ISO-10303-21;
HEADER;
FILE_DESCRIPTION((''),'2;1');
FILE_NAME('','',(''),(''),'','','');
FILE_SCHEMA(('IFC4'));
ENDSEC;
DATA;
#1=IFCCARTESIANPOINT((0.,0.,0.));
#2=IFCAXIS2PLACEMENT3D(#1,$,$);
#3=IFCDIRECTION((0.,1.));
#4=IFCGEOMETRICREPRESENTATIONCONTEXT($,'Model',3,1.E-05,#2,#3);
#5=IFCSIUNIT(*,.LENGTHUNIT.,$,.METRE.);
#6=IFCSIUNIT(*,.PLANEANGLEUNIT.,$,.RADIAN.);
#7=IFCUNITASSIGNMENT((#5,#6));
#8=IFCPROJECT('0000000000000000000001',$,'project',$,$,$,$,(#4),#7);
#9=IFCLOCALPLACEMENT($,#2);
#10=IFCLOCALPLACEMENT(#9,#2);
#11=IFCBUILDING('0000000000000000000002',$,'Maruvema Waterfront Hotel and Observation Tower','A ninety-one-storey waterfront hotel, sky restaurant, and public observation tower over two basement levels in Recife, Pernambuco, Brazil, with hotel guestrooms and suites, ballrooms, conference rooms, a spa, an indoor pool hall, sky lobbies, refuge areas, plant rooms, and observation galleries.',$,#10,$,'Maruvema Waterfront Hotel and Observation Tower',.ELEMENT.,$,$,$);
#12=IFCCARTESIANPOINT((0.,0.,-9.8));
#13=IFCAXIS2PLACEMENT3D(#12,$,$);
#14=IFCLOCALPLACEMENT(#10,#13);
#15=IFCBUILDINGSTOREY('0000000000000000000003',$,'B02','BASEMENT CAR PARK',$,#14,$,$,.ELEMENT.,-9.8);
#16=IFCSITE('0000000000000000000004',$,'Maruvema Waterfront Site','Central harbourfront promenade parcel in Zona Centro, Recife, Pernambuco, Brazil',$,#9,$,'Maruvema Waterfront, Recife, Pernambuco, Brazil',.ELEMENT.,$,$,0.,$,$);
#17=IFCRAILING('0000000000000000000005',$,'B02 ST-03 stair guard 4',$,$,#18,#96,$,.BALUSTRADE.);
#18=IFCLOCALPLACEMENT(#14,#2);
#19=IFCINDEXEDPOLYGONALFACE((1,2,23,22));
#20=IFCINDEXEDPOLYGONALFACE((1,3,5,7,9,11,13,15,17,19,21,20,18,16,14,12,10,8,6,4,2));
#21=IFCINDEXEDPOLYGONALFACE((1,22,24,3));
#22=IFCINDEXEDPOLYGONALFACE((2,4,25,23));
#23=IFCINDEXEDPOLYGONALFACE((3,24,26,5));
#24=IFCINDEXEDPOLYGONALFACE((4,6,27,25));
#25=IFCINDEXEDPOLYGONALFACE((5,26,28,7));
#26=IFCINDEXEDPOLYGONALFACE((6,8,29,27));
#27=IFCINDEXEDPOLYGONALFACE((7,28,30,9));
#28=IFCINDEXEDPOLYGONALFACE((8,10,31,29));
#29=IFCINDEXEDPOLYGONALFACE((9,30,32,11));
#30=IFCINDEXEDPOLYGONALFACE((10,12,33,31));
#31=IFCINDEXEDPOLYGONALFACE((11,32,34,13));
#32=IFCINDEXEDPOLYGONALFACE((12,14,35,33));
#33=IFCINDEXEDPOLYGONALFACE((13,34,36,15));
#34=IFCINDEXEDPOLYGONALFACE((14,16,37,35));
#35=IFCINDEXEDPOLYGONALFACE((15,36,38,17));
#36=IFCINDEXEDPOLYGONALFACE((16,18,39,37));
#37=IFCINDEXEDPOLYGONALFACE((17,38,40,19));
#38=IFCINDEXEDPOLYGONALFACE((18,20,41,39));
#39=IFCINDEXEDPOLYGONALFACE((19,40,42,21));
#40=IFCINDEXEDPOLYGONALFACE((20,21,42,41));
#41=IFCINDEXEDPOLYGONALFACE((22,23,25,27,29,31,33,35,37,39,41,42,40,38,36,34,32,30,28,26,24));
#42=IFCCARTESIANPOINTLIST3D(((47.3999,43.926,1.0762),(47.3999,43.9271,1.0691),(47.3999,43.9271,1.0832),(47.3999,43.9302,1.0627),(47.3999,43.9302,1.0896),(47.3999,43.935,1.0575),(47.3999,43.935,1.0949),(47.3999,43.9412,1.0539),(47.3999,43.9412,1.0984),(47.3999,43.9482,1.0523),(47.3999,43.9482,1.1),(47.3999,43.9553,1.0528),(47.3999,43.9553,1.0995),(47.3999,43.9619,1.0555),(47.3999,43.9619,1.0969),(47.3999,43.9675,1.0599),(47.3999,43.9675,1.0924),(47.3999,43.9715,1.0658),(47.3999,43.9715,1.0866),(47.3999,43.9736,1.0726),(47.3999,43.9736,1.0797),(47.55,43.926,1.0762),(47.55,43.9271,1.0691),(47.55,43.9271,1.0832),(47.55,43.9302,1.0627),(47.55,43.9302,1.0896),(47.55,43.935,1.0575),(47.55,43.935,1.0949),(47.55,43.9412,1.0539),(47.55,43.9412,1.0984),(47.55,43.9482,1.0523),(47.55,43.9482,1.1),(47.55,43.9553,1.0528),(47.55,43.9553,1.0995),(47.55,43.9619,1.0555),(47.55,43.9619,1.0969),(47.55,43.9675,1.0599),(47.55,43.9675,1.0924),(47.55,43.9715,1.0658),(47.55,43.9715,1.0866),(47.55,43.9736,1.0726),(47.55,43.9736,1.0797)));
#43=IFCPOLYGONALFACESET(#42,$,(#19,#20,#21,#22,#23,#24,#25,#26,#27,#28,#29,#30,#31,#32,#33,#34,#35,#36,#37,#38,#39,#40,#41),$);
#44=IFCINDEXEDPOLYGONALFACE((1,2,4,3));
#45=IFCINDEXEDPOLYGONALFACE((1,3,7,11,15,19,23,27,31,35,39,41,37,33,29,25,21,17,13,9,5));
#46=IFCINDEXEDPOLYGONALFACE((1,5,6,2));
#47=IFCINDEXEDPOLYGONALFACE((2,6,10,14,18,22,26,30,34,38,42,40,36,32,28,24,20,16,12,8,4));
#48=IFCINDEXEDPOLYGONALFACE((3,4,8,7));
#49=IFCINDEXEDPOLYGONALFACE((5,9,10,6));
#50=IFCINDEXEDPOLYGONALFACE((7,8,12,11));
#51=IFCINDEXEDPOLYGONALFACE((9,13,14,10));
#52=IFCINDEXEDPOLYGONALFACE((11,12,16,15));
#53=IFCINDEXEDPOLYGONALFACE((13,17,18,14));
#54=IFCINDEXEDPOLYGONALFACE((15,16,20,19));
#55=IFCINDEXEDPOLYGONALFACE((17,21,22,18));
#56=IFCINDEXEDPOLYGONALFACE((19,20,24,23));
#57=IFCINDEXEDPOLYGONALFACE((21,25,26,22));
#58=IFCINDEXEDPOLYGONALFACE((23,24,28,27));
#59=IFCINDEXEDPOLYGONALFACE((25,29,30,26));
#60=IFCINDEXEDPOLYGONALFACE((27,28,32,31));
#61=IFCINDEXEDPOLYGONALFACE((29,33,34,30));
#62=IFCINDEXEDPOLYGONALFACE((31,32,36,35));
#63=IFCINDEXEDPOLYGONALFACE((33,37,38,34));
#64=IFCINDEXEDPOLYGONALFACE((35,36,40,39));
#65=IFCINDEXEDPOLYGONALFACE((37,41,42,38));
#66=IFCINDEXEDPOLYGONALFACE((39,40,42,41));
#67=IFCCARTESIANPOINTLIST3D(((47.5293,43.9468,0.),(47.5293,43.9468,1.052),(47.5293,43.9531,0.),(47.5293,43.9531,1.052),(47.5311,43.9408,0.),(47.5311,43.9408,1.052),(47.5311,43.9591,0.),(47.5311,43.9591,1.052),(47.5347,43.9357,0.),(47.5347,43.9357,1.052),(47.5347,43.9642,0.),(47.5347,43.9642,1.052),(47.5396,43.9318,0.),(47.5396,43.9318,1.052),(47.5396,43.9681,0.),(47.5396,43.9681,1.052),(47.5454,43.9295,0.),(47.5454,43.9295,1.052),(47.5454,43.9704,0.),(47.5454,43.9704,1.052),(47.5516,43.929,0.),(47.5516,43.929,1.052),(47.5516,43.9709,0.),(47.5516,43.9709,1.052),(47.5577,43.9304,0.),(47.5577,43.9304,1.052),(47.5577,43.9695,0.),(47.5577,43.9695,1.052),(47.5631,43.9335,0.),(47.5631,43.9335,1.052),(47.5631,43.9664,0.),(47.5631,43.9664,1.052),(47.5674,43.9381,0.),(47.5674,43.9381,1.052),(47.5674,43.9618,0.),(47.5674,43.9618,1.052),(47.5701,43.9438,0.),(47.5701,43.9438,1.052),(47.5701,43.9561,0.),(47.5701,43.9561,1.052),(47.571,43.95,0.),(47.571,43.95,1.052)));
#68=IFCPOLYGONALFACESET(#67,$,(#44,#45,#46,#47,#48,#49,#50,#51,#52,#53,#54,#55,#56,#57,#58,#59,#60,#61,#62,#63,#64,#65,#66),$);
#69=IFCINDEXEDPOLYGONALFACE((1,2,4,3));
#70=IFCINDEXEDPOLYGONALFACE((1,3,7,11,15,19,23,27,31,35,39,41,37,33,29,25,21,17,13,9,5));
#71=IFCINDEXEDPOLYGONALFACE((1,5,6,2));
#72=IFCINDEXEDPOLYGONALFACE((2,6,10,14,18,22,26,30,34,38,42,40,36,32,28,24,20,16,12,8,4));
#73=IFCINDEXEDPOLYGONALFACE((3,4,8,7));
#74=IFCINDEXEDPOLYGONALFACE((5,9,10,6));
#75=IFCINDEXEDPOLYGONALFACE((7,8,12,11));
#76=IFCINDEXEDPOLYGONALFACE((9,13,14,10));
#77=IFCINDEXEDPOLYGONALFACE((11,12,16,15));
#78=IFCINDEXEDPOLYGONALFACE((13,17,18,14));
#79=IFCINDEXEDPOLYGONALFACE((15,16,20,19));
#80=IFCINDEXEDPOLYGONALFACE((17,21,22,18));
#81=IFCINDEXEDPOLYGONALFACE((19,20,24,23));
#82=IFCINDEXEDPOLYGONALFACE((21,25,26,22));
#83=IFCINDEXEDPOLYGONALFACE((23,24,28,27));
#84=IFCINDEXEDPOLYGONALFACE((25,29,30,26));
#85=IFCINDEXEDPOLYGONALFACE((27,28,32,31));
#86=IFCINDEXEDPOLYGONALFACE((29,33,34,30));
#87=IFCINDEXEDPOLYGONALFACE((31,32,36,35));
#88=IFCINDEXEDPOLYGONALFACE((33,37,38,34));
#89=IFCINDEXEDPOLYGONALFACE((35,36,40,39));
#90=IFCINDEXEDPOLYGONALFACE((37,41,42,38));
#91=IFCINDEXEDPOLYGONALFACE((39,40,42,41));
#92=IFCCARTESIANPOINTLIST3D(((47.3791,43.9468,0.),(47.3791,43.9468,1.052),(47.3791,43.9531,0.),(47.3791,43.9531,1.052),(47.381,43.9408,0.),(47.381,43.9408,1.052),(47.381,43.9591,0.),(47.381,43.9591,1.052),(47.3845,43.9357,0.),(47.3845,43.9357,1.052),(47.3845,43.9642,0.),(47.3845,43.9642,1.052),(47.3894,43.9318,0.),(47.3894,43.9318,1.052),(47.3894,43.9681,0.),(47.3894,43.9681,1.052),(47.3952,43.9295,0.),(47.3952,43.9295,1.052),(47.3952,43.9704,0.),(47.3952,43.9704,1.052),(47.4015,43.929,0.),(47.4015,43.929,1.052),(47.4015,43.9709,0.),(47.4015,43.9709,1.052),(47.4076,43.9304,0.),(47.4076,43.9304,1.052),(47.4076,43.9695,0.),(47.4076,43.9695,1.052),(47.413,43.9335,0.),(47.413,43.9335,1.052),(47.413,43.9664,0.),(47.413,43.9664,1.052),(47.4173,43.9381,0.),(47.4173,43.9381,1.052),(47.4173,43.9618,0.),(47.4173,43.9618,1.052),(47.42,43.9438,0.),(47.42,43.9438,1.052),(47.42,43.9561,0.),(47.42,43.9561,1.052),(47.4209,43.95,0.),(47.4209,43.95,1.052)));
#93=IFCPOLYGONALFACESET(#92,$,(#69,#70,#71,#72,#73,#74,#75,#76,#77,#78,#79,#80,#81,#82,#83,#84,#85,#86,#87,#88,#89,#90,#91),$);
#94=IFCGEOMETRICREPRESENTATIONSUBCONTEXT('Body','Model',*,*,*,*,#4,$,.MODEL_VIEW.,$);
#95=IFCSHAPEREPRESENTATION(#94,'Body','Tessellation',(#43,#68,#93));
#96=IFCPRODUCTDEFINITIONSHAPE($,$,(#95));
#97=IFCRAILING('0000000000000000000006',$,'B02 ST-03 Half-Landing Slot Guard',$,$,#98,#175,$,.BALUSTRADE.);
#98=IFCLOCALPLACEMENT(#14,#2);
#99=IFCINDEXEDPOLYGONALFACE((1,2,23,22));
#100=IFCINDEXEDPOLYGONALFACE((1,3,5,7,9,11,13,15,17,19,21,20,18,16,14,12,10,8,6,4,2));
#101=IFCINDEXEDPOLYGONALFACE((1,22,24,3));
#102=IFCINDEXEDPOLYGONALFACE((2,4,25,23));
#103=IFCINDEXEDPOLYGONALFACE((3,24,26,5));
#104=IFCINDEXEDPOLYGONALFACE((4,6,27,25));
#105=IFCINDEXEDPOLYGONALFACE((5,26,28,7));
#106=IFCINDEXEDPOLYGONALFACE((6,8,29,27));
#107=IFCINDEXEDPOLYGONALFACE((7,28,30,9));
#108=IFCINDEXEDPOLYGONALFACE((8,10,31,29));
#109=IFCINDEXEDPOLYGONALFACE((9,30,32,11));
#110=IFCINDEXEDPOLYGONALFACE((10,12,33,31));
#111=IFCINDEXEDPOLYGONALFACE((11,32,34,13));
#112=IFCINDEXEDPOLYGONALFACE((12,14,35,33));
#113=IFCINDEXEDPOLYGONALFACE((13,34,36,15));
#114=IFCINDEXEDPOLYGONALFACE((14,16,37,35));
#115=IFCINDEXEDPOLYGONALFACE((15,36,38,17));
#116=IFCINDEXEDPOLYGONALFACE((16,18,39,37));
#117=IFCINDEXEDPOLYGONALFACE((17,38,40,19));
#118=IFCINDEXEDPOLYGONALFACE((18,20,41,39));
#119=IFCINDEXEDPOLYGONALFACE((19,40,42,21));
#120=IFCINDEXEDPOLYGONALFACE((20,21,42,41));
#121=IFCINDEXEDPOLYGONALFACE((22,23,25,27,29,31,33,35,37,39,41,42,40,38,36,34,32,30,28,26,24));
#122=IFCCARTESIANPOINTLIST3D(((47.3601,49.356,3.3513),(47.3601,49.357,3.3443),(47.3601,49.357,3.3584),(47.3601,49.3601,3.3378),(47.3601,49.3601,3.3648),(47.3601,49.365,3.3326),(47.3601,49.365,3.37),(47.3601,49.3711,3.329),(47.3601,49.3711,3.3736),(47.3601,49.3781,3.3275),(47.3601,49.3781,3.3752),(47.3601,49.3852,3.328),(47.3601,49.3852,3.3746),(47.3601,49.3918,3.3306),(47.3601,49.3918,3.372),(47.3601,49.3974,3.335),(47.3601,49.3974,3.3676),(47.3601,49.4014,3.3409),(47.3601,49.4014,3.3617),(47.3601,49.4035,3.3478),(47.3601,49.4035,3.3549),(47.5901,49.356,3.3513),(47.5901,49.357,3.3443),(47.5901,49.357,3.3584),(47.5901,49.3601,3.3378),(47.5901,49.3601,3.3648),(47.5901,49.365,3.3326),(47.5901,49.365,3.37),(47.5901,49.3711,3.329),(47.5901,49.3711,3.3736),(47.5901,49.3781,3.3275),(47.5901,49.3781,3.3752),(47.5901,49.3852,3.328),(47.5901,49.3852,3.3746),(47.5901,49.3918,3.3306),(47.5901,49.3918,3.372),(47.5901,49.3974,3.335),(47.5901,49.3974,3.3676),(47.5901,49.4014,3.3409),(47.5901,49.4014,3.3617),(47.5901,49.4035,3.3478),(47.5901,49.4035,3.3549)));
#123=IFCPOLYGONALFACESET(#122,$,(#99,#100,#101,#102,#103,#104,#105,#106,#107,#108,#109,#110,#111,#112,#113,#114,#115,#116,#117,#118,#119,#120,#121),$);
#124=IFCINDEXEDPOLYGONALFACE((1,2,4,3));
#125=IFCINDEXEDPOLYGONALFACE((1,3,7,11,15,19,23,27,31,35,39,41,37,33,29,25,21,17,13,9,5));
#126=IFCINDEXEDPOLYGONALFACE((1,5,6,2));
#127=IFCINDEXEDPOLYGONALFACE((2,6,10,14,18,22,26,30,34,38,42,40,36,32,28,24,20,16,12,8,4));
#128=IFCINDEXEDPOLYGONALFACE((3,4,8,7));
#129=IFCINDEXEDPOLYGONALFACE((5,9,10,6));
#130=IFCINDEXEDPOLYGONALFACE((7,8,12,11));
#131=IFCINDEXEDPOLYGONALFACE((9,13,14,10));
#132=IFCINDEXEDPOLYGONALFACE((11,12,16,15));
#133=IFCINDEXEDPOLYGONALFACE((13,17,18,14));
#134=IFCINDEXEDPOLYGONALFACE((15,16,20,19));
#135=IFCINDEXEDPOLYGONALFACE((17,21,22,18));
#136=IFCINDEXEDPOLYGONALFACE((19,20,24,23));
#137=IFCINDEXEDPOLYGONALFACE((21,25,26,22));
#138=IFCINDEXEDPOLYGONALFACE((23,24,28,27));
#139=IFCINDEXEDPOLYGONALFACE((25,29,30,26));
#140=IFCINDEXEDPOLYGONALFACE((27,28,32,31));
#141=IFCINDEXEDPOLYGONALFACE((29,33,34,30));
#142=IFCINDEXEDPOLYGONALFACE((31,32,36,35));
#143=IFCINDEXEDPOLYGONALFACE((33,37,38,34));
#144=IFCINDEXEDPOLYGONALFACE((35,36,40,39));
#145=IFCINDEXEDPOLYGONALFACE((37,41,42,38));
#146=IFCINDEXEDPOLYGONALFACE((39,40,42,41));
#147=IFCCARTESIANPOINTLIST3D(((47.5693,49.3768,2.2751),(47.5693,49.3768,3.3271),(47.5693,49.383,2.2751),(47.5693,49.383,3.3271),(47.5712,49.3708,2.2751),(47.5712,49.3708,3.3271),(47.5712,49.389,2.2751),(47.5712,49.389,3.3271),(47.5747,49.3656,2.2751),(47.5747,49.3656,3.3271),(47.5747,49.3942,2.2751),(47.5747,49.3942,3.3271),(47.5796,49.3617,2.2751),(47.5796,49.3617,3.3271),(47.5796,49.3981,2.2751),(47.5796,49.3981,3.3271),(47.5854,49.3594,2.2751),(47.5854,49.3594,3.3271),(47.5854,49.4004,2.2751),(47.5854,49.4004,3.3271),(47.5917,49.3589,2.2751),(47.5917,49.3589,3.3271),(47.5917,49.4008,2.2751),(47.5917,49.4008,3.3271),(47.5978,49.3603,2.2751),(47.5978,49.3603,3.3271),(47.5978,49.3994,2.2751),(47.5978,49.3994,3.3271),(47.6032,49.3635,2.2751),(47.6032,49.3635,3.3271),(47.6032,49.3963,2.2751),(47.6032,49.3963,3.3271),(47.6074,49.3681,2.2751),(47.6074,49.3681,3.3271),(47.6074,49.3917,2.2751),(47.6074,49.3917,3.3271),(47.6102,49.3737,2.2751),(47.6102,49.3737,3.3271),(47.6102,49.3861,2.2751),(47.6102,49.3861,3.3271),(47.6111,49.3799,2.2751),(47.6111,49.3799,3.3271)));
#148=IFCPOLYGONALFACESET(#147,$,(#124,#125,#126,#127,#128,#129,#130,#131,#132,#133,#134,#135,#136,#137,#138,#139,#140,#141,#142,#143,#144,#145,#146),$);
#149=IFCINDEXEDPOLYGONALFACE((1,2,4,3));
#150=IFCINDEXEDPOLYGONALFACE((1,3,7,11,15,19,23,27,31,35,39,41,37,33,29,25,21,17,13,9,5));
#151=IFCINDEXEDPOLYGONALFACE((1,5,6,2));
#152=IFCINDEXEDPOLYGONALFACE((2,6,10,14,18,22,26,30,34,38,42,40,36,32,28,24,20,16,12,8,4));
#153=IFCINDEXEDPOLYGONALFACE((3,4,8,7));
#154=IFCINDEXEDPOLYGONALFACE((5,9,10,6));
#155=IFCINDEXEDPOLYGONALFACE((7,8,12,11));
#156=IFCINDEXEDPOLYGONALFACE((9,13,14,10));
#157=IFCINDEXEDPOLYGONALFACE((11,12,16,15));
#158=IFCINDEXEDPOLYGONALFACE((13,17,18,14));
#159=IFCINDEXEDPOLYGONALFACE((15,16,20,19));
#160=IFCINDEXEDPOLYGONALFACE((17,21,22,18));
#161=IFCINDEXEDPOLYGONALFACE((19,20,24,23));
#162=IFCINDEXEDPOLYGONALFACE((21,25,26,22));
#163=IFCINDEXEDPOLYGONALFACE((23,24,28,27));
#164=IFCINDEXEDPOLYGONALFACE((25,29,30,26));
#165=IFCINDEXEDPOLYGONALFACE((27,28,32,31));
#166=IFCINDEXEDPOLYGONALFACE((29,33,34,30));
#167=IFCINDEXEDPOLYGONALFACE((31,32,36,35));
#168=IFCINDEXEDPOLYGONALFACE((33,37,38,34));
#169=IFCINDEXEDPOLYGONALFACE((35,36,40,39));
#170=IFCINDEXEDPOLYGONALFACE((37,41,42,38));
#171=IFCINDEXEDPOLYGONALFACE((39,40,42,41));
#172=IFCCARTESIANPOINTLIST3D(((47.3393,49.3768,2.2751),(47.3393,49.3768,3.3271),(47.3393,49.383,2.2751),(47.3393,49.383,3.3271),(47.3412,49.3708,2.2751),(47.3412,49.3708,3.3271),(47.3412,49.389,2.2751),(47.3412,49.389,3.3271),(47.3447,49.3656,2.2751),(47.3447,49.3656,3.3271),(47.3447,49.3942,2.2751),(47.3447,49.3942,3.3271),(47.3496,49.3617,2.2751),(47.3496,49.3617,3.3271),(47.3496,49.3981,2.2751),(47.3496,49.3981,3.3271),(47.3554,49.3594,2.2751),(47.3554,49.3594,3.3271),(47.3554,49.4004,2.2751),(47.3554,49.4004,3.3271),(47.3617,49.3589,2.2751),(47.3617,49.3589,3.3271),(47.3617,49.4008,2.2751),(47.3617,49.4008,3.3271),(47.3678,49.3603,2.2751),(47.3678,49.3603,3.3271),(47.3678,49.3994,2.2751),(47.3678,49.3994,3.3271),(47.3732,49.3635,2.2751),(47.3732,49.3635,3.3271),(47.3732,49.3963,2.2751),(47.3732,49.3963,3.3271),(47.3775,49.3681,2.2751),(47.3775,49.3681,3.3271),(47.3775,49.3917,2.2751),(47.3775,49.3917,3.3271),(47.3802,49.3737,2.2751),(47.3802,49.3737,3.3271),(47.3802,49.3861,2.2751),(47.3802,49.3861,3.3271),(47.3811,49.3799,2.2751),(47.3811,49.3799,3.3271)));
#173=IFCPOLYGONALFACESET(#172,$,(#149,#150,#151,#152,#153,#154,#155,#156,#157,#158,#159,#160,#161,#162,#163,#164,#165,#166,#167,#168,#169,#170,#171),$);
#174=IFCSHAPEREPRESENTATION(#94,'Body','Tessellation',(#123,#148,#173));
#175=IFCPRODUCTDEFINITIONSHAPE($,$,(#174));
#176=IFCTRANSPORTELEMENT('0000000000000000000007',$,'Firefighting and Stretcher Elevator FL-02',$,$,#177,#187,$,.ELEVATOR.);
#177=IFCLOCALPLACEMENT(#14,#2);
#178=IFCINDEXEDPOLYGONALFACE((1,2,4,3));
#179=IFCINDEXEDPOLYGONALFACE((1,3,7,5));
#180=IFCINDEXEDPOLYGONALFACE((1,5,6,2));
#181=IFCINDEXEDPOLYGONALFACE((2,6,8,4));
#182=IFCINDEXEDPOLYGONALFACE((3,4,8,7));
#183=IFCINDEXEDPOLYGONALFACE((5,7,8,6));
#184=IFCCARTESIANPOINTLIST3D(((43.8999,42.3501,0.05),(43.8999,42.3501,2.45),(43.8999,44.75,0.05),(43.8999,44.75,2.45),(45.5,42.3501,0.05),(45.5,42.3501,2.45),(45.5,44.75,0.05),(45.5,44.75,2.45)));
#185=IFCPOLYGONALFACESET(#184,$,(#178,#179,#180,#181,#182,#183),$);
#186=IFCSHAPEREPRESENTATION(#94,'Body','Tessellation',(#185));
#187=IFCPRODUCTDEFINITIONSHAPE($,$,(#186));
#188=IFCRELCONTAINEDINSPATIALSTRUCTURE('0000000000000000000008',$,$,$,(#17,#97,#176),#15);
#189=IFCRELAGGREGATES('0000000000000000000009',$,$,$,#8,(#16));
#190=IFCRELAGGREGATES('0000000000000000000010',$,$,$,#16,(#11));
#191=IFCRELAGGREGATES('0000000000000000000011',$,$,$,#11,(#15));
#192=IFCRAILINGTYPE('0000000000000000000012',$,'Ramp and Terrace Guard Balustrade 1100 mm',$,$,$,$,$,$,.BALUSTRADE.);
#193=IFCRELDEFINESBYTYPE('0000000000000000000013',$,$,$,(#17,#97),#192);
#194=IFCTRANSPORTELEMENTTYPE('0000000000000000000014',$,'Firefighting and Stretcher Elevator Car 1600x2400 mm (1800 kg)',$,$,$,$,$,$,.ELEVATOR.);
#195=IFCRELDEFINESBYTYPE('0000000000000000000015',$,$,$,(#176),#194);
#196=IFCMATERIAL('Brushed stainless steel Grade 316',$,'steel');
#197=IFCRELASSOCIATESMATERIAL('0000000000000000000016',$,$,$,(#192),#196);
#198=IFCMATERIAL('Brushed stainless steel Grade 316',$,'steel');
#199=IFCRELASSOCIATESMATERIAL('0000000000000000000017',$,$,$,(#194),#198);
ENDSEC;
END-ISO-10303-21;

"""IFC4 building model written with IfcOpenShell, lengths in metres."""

from ifc_helpers import new_model, si_unit, direction, frame, origin, origin_2d, place, context, subcontext, project, spatial, rectangle, circle, extrude, material, type_object, element, save


model = new_model("IFC4")

# Units and contexts
model_context = context("Model", 3, precision=1e-05, world=origin(), true_north=direction((0.0, 1.0)))
body_context = subcontext(model_context, "Body", "Model", "MODEL_VIEW")
ifc_project = project(units=[si_unit("LENGTHUNIT", "METRE"), si_unit("PLANEANGLEUNIT", "RADIAN")], contexts=[model_context])

# Site, building, storey
site_placement = place(None, origin())
site = spatial("IfcSite", under=ifc_project, at=site_placement, Name="Maruvema Waterfront Site", Description="Central harbourfront promenade parcel in Zona Centro, Recife, Pernambuco, Brazil", LongName="Maruvema Waterfront, Recife, Pernambuco, Brazil", CompositionType="ELEMENT", RefElevation=0.0)
building_placement = place(site_placement, origin())
building = spatial("IfcBuilding", under=site, at=building_placement, Name="Maruvema Waterfront Hotel and Observation Tower", Description="A ninety-one-storey waterfront hotel, sky restaurant, and public observation tower over two basement levels in Recife, Pernambuco, Brazil, with hotel guestrooms and suites, ballrooms, conference rooms, a spa, an indoor pool hall, sky lobbies, refuge areas, plant rooms, and observation galleries.", LongName="Maruvema Waterfront Hotel and Observation Tower", CompositionType="ELEMENT")
storey_placement = place(building_placement, frame((0.0, 0.0, -9.8)))
storey = spatial("IfcBuildingStorey", under=building, at=storey_placement, Name="B02", Description="BASEMENT CAR PARK", CompositionType="ELEMENT", Elevation=-9.8)

# Railings
ifc_material_1 = material(Name="Brushed stainless steel Grade 316", Category="steel")
railing_type_1 = type_object("IfcRailingType", Name="Ramp and Terrace Guard Balustrade 1100 mm", PredefinedType="BALUSTRADE", material=ifc_material_1)
railing_1_placement = place(storey_placement, frame((47.55, 43.95, 0.0)))
element("IfcRailing", 1, at=railing_1_placement, inside=storey, type_object=railing_type_1, Name="B02 ST-03 stair guard 4", PredefinedType="BALUSTRADE", context=body_context, shape_type="SweptSolid", body=[
    extrude(circle(Radius=0.0239, at=origin_2d()), frame((0.0, 0.0, 1.0762), z_axis=(-1.0, 0.0, 0.0), x_axis=(0.0, -1.0, 0.0)), (0.0, 0.0, 1.0), 0.1501),
    extrude(circle(Radius=0.021, at=origin_2d()), origin(), (0.0, 0.0, 1.0), 1.052),
    extrude(circle(Radius=0.021, at=origin_2d()), frame((-0.1501, 0.0, 0.0)), (0.0, 0.0, 1.0), 1.052),
])
railing_2_placement = place(storey_placement, frame((47.5901, 49.3799, 2.2751)))
element("IfcRailing", 2, at=railing_2_placement, inside=storey, type_object=railing_type_1, Name="B02 ST-03 Half-Landing Slot Guard", PredefinedType="BALUSTRADE", context=body_context, shape_type="SweptSolid", body=[
    extrude(circle(Radius=0.0239, at=origin_2d()), frame((0.0, 0.0, 1.0762), z_axis=(-1.0, 0.0, 0.0), x_axis=(0.0, -1.0, 0.0)), (0.0, 0.0, 1.0), 0.23),
    extrude(circle(Radius=0.021, at=origin_2d()), origin(), (0.0, 0.0, 1.0), 1.052),
    extrude(circle(Radius=0.021, at=origin_2d()), frame((-0.23, 0.0, 0.0)), (0.0, 0.0, 1.0), 1.052),
])

# Transport element
ifc_material_2 = material(Name="Brushed stainless steel Grade 316", Category="steel")
transport_element_type = type_object("IfcTransportElementType", Name="Firefighting and Stretcher Elevator Car 1600x2400 mm (1800 kg)", PredefinedType="ELEVATOR", material=ifc_material_2)
transport_element_placement = place(storey_placement, frame((44.7, 43.55, 0.05), z_axis=(0.0, 0.0, 1.0), x_axis=(1.0, 0.0, 0.0)))
element("IfcTransportElement", 3, at=transport_element_placement, inside=storey, type_object=transport_element_type, Name="Firefighting and Stretcher Elevator FL-02", PredefinedType="ELEVATOR", context=body_context, shape_type="SweptSolid", body=[
    extrude(rectangle(XDim=1.6001, YDim=2.3999, at=origin_2d()), origin(), (0.0, 0.0, 1.0), 2.3999),
])

save(model, "model.ifc")
